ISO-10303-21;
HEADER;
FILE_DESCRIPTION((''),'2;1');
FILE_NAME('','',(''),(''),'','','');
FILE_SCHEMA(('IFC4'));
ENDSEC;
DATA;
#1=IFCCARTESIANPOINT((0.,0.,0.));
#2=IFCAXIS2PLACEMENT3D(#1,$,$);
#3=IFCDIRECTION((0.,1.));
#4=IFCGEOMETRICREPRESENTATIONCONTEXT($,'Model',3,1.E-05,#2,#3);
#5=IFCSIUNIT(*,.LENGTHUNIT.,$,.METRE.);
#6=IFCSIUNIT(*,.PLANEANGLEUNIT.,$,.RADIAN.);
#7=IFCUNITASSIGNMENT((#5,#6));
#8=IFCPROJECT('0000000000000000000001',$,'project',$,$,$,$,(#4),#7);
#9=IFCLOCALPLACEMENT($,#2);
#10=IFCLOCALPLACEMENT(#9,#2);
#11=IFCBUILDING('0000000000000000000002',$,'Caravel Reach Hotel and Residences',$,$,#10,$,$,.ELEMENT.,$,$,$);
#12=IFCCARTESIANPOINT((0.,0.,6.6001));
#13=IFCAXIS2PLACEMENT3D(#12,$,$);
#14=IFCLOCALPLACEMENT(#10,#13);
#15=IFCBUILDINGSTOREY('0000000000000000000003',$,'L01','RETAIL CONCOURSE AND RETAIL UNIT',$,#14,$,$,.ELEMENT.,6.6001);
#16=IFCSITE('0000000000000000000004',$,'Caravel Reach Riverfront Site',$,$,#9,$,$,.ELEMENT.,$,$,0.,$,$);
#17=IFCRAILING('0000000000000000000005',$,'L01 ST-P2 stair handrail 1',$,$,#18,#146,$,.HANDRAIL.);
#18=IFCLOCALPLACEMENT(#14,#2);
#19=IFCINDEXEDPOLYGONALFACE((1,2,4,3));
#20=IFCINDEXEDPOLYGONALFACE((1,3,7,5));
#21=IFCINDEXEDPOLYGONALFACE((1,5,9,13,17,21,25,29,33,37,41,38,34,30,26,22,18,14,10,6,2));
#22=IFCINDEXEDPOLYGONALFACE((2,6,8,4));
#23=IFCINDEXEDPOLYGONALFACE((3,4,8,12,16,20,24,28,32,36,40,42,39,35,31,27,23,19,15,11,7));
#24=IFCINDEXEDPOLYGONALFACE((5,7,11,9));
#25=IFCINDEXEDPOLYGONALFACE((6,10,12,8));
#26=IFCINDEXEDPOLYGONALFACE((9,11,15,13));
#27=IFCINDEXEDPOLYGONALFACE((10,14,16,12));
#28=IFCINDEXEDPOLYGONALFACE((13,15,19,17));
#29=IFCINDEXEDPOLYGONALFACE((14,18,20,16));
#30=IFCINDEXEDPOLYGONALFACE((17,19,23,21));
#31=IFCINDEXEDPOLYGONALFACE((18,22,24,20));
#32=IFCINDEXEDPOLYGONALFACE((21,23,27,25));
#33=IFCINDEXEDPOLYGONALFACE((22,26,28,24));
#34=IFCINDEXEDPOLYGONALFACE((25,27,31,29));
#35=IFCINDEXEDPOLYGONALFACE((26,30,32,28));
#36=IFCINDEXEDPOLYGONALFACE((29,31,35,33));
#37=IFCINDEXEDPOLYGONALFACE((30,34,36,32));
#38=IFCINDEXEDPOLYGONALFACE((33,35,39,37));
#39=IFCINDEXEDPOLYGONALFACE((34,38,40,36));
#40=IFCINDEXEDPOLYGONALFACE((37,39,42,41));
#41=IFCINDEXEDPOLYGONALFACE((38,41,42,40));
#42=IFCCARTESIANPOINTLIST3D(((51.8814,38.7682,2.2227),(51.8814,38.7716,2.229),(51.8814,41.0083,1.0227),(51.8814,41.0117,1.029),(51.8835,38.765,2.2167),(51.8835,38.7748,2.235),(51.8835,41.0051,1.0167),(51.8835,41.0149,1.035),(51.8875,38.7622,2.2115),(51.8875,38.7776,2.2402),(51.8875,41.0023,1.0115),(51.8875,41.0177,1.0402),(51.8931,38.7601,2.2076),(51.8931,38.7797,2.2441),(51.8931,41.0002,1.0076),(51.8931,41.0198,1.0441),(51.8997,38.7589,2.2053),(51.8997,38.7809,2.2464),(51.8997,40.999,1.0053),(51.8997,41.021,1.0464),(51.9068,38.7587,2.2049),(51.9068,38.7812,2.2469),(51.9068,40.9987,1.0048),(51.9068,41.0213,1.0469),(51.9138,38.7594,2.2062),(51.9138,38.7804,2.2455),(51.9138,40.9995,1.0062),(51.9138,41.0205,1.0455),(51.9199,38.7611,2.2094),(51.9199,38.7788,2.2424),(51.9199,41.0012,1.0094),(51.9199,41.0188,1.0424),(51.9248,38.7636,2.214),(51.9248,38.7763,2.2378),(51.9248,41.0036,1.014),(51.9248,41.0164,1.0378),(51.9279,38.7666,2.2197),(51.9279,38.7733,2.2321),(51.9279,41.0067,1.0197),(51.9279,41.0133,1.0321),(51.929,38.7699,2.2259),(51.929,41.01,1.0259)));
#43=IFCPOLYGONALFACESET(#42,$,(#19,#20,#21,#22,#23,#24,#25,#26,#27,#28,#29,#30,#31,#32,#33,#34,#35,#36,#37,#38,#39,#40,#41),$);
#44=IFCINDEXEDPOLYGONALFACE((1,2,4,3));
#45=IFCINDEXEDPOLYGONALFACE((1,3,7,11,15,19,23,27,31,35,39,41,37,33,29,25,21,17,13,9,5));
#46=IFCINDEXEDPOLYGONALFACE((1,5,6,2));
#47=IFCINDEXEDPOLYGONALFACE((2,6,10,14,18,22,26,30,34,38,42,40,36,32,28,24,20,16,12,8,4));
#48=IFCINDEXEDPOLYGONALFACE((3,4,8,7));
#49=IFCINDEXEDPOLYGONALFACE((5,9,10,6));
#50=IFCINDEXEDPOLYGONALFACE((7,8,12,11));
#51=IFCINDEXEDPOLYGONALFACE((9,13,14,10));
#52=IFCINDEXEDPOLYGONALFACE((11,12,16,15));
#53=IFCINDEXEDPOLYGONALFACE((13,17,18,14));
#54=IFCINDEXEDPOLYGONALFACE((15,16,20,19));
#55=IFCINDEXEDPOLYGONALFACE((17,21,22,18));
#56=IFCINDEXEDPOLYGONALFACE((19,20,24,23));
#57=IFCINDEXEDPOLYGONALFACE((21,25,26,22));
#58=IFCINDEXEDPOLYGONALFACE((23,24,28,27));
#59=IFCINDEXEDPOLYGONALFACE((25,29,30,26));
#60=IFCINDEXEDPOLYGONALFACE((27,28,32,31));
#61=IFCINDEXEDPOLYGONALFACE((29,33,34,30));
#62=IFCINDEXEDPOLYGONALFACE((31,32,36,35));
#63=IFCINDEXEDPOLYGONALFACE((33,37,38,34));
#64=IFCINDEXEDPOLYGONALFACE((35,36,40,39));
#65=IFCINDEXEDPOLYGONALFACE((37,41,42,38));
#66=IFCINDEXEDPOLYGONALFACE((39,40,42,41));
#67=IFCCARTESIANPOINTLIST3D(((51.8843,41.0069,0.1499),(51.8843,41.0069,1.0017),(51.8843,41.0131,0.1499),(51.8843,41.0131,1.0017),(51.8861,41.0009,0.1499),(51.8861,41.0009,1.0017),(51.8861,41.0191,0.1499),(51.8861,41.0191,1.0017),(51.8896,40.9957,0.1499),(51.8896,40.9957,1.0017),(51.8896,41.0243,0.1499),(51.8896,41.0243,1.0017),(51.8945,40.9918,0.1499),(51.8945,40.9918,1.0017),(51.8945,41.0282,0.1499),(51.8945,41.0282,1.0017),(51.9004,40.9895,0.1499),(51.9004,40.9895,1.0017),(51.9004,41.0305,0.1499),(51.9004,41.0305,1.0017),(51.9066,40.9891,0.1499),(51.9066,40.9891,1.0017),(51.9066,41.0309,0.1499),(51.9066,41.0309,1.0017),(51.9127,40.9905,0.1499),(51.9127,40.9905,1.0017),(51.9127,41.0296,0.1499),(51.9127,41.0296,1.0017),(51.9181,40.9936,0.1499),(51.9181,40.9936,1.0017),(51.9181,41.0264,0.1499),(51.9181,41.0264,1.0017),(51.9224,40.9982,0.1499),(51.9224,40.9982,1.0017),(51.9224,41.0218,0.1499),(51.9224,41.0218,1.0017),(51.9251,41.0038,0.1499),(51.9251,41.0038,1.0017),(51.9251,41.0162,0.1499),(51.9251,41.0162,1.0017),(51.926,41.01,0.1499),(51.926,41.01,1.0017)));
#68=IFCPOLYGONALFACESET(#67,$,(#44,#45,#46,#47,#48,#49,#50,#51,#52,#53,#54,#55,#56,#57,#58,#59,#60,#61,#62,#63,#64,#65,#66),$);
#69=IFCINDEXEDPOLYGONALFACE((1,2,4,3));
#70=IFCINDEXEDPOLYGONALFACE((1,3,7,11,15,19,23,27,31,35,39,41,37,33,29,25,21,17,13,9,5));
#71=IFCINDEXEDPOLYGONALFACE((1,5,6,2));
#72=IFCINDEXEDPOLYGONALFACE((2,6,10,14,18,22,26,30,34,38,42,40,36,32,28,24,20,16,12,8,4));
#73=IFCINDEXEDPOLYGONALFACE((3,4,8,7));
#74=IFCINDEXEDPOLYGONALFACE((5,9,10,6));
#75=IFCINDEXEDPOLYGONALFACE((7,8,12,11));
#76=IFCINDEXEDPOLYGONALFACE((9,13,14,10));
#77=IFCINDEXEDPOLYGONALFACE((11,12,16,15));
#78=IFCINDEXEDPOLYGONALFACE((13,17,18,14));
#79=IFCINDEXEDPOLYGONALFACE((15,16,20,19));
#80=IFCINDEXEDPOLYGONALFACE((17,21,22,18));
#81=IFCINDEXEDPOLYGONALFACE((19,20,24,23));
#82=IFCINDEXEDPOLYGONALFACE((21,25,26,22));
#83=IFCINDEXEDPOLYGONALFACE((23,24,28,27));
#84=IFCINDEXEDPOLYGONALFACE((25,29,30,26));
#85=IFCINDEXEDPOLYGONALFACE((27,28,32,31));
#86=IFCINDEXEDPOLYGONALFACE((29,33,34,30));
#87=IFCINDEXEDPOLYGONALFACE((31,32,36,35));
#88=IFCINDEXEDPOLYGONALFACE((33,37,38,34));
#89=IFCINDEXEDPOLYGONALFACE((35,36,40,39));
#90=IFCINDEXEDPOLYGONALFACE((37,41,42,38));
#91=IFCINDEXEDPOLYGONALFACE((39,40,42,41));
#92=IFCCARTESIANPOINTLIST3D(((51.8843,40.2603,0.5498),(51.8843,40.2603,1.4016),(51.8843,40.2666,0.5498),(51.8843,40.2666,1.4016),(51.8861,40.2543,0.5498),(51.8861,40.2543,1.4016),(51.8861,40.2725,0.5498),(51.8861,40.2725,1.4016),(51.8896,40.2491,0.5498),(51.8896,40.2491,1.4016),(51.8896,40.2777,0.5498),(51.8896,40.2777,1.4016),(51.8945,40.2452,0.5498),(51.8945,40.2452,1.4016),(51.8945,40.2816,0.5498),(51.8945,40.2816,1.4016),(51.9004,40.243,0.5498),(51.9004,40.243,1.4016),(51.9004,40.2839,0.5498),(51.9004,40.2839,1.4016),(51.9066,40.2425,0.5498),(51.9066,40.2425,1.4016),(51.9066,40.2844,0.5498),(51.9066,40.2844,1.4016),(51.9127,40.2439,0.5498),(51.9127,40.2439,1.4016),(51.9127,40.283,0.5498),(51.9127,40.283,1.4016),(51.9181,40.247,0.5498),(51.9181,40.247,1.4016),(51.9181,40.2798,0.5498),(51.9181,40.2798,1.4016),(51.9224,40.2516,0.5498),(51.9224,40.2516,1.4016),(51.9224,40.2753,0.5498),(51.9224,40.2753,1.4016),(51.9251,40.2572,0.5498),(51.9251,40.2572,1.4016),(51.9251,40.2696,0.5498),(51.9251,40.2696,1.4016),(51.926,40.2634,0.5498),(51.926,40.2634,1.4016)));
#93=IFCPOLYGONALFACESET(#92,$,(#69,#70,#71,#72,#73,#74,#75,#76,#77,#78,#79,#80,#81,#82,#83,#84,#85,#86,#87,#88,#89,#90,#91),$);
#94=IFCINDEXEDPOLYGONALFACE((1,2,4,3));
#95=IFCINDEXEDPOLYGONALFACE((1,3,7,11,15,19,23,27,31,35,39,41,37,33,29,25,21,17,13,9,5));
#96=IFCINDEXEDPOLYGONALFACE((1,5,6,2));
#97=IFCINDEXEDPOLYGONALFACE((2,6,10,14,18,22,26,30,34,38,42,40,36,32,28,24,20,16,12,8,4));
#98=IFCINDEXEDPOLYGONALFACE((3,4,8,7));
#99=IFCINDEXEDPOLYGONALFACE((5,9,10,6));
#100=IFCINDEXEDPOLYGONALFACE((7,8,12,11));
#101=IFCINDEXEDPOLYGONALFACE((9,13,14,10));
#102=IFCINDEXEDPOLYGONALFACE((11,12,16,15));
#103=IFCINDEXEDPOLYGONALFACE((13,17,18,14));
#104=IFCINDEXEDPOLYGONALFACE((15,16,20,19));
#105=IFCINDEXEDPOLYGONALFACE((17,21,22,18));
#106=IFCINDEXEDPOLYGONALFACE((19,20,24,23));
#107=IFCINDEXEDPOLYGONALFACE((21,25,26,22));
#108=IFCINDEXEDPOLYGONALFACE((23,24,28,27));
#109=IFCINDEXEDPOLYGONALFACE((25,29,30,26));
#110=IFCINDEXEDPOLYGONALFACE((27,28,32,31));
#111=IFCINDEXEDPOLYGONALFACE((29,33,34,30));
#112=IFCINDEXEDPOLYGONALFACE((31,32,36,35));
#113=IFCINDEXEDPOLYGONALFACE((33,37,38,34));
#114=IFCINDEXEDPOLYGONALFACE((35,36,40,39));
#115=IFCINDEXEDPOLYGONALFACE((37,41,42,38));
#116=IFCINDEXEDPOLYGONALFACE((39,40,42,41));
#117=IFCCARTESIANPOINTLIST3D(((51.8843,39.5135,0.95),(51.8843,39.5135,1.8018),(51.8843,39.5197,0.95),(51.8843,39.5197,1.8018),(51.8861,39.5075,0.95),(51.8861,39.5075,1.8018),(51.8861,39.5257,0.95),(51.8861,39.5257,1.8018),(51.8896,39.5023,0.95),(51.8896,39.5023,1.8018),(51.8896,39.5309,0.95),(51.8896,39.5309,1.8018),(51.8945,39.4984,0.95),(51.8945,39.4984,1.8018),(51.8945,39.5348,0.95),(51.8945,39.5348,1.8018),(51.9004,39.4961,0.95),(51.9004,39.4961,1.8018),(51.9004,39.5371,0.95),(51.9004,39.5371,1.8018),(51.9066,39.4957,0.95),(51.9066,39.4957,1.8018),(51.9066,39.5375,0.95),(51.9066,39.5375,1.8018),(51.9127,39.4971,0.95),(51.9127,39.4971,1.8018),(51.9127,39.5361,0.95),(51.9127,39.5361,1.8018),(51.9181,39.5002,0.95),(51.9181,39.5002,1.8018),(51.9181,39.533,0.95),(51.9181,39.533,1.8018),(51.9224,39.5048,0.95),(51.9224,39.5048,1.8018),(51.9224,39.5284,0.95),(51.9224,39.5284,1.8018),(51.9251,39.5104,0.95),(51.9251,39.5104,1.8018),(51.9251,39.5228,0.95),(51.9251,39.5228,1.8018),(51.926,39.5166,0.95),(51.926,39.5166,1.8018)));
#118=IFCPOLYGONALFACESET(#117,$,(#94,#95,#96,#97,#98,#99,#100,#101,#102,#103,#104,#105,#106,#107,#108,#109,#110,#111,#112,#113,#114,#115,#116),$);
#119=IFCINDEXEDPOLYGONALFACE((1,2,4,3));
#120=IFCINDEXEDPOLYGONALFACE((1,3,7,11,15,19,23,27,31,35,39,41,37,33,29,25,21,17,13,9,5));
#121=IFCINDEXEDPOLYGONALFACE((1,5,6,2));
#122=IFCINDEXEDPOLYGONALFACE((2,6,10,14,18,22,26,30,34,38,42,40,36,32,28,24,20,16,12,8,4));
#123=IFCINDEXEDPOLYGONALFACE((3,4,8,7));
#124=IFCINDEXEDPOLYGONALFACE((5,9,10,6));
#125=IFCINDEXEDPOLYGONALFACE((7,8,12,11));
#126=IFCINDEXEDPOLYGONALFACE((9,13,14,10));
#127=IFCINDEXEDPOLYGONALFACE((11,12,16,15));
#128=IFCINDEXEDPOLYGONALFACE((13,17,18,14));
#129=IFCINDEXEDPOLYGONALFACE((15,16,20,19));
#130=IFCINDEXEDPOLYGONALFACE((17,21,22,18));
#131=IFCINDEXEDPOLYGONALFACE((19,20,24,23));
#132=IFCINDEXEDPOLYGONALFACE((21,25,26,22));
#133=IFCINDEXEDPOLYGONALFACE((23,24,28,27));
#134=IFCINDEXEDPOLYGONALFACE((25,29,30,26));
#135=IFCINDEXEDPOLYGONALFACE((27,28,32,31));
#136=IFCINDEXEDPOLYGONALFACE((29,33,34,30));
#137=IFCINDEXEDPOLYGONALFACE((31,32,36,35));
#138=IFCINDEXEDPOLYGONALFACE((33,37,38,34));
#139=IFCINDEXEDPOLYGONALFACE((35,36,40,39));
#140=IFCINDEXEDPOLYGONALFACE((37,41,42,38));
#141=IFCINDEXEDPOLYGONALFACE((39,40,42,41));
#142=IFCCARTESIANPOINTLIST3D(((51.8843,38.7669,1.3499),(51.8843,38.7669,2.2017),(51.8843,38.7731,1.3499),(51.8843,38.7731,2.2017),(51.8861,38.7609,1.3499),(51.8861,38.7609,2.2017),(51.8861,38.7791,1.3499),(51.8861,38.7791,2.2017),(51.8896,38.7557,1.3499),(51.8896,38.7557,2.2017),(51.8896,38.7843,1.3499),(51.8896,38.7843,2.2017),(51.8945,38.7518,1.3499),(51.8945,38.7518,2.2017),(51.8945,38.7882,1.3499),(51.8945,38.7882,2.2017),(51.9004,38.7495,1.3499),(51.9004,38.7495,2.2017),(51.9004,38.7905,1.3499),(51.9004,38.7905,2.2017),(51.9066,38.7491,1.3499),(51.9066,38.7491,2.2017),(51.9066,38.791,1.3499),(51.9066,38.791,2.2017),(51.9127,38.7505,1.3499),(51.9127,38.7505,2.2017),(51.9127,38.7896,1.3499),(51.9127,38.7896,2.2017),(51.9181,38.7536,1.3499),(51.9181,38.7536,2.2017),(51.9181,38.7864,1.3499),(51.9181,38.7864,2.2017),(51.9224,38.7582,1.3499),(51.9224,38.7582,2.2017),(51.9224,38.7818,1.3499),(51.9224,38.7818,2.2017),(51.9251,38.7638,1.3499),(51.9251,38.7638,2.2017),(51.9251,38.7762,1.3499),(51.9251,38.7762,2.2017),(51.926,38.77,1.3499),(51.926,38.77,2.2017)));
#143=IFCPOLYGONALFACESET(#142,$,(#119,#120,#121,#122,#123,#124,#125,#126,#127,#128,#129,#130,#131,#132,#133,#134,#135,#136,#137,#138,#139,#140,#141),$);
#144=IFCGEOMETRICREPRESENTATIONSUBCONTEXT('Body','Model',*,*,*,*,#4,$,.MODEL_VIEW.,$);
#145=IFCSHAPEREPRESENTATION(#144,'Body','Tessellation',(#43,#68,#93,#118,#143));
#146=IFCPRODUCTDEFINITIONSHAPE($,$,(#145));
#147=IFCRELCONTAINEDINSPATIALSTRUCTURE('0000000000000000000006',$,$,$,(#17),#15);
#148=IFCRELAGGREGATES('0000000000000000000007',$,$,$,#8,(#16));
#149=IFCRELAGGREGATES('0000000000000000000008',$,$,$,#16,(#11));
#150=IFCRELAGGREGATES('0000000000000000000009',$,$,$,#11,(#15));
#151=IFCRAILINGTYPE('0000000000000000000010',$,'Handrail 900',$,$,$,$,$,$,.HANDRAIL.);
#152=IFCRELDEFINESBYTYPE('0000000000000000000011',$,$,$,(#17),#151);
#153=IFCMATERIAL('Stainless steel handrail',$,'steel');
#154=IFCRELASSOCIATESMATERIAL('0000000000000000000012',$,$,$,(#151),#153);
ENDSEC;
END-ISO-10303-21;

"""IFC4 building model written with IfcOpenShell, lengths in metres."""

from ifc_helpers import new_model, si_unit, direction, frame, origin, origin_2d, place, context, subcontext, project, spatial, circle, extrude, material, type_object, element, save


model = new_model("IFC4")

# Units and contexts
model_context = context("Model", 3, precision=1e-05, world=origin(), true_north=direction((0.0, 1.0)))
body_context = subcontext(model_context, "Body", "Model", "MODEL_VIEW")
ifc_project = project(units=[si_unit("LENGTHUNIT", "METRE"), si_unit("PLANEANGLEUNIT", "RADIAN")], contexts=[model_context])

# Site, building, storey
site_placement = place(None, origin())
site = spatial("IfcSite", under=ifc_project, at=site_placement, Name="Caravel Reach Riverfront Site", CompositionType="ELEMENT", RefElevation=0.0)
building_placement = place(site_placement, origin())
building = spatial("IfcBuilding", under=site, at=building_placement, Name="Caravel Reach Hotel and Residences", CompositionType="ELEMENT")
storey_placement = place(building_placement, frame((0.0, 0.0, 6.6001)))
storey = spatial("IfcBuildingStorey", under=building, at=storey_placement, Name="L01", Description="RETAIL CONCOURSE AND RETAIL UNIT", CompositionType="ELEMENT", Elevation=6.6001)

# Railing
ifc_material_1 = material(Name="Stainless steel handrail", Category="steel")
railing_type_1 = type_object("IfcRailingType", Name="Handrail 900", PredefinedType="HANDRAIL", material=ifc_material_1)
for number, where, name in (
    (1, (51.905, 41.01, 0.1499), "L01 ST-P2 stair handrail 1"),
):
    element("IfcRailing", number, at=place(storey_placement, frame(where)), inside=storey, type_object=railing_type_1, Name=name, PredefinedType="HANDRAIL", context=body_context, shape_type="SweptSolid", body=[
        extrude(circle(Radius=0.0239, at=origin_2d()), frame((0.0, 0.0, 0.876), z_axis=(0.0, -0.881487, 0.472208), x_axis=(1.0, 0.0, 0.0)), (0.0, 0.0, 1.0), 2.5413),
        extrude(circle(Radius=0.021, at=origin_2d()), origin(), (0.0, 0.0, 1.0), 0.8518),
        extrude(circle(Radius=0.021, at=origin_2d()), frame((0.0, -0.7466, 0.3999)), (0.0, 0.0, 1.0), 0.8518),
        extrude(circle(Radius=0.021, at=origin_2d()), frame((0.0, -1.4934, 0.8)), (0.0, 0.0, 1.0), 0.8518),
        extrude(circle(Radius=0.021, at=origin_2d()), frame((0.0, -2.24, 1.2)), (0.0, 0.0, 1.0), 0.8518),
    ])

save(model, "model.ifc")
